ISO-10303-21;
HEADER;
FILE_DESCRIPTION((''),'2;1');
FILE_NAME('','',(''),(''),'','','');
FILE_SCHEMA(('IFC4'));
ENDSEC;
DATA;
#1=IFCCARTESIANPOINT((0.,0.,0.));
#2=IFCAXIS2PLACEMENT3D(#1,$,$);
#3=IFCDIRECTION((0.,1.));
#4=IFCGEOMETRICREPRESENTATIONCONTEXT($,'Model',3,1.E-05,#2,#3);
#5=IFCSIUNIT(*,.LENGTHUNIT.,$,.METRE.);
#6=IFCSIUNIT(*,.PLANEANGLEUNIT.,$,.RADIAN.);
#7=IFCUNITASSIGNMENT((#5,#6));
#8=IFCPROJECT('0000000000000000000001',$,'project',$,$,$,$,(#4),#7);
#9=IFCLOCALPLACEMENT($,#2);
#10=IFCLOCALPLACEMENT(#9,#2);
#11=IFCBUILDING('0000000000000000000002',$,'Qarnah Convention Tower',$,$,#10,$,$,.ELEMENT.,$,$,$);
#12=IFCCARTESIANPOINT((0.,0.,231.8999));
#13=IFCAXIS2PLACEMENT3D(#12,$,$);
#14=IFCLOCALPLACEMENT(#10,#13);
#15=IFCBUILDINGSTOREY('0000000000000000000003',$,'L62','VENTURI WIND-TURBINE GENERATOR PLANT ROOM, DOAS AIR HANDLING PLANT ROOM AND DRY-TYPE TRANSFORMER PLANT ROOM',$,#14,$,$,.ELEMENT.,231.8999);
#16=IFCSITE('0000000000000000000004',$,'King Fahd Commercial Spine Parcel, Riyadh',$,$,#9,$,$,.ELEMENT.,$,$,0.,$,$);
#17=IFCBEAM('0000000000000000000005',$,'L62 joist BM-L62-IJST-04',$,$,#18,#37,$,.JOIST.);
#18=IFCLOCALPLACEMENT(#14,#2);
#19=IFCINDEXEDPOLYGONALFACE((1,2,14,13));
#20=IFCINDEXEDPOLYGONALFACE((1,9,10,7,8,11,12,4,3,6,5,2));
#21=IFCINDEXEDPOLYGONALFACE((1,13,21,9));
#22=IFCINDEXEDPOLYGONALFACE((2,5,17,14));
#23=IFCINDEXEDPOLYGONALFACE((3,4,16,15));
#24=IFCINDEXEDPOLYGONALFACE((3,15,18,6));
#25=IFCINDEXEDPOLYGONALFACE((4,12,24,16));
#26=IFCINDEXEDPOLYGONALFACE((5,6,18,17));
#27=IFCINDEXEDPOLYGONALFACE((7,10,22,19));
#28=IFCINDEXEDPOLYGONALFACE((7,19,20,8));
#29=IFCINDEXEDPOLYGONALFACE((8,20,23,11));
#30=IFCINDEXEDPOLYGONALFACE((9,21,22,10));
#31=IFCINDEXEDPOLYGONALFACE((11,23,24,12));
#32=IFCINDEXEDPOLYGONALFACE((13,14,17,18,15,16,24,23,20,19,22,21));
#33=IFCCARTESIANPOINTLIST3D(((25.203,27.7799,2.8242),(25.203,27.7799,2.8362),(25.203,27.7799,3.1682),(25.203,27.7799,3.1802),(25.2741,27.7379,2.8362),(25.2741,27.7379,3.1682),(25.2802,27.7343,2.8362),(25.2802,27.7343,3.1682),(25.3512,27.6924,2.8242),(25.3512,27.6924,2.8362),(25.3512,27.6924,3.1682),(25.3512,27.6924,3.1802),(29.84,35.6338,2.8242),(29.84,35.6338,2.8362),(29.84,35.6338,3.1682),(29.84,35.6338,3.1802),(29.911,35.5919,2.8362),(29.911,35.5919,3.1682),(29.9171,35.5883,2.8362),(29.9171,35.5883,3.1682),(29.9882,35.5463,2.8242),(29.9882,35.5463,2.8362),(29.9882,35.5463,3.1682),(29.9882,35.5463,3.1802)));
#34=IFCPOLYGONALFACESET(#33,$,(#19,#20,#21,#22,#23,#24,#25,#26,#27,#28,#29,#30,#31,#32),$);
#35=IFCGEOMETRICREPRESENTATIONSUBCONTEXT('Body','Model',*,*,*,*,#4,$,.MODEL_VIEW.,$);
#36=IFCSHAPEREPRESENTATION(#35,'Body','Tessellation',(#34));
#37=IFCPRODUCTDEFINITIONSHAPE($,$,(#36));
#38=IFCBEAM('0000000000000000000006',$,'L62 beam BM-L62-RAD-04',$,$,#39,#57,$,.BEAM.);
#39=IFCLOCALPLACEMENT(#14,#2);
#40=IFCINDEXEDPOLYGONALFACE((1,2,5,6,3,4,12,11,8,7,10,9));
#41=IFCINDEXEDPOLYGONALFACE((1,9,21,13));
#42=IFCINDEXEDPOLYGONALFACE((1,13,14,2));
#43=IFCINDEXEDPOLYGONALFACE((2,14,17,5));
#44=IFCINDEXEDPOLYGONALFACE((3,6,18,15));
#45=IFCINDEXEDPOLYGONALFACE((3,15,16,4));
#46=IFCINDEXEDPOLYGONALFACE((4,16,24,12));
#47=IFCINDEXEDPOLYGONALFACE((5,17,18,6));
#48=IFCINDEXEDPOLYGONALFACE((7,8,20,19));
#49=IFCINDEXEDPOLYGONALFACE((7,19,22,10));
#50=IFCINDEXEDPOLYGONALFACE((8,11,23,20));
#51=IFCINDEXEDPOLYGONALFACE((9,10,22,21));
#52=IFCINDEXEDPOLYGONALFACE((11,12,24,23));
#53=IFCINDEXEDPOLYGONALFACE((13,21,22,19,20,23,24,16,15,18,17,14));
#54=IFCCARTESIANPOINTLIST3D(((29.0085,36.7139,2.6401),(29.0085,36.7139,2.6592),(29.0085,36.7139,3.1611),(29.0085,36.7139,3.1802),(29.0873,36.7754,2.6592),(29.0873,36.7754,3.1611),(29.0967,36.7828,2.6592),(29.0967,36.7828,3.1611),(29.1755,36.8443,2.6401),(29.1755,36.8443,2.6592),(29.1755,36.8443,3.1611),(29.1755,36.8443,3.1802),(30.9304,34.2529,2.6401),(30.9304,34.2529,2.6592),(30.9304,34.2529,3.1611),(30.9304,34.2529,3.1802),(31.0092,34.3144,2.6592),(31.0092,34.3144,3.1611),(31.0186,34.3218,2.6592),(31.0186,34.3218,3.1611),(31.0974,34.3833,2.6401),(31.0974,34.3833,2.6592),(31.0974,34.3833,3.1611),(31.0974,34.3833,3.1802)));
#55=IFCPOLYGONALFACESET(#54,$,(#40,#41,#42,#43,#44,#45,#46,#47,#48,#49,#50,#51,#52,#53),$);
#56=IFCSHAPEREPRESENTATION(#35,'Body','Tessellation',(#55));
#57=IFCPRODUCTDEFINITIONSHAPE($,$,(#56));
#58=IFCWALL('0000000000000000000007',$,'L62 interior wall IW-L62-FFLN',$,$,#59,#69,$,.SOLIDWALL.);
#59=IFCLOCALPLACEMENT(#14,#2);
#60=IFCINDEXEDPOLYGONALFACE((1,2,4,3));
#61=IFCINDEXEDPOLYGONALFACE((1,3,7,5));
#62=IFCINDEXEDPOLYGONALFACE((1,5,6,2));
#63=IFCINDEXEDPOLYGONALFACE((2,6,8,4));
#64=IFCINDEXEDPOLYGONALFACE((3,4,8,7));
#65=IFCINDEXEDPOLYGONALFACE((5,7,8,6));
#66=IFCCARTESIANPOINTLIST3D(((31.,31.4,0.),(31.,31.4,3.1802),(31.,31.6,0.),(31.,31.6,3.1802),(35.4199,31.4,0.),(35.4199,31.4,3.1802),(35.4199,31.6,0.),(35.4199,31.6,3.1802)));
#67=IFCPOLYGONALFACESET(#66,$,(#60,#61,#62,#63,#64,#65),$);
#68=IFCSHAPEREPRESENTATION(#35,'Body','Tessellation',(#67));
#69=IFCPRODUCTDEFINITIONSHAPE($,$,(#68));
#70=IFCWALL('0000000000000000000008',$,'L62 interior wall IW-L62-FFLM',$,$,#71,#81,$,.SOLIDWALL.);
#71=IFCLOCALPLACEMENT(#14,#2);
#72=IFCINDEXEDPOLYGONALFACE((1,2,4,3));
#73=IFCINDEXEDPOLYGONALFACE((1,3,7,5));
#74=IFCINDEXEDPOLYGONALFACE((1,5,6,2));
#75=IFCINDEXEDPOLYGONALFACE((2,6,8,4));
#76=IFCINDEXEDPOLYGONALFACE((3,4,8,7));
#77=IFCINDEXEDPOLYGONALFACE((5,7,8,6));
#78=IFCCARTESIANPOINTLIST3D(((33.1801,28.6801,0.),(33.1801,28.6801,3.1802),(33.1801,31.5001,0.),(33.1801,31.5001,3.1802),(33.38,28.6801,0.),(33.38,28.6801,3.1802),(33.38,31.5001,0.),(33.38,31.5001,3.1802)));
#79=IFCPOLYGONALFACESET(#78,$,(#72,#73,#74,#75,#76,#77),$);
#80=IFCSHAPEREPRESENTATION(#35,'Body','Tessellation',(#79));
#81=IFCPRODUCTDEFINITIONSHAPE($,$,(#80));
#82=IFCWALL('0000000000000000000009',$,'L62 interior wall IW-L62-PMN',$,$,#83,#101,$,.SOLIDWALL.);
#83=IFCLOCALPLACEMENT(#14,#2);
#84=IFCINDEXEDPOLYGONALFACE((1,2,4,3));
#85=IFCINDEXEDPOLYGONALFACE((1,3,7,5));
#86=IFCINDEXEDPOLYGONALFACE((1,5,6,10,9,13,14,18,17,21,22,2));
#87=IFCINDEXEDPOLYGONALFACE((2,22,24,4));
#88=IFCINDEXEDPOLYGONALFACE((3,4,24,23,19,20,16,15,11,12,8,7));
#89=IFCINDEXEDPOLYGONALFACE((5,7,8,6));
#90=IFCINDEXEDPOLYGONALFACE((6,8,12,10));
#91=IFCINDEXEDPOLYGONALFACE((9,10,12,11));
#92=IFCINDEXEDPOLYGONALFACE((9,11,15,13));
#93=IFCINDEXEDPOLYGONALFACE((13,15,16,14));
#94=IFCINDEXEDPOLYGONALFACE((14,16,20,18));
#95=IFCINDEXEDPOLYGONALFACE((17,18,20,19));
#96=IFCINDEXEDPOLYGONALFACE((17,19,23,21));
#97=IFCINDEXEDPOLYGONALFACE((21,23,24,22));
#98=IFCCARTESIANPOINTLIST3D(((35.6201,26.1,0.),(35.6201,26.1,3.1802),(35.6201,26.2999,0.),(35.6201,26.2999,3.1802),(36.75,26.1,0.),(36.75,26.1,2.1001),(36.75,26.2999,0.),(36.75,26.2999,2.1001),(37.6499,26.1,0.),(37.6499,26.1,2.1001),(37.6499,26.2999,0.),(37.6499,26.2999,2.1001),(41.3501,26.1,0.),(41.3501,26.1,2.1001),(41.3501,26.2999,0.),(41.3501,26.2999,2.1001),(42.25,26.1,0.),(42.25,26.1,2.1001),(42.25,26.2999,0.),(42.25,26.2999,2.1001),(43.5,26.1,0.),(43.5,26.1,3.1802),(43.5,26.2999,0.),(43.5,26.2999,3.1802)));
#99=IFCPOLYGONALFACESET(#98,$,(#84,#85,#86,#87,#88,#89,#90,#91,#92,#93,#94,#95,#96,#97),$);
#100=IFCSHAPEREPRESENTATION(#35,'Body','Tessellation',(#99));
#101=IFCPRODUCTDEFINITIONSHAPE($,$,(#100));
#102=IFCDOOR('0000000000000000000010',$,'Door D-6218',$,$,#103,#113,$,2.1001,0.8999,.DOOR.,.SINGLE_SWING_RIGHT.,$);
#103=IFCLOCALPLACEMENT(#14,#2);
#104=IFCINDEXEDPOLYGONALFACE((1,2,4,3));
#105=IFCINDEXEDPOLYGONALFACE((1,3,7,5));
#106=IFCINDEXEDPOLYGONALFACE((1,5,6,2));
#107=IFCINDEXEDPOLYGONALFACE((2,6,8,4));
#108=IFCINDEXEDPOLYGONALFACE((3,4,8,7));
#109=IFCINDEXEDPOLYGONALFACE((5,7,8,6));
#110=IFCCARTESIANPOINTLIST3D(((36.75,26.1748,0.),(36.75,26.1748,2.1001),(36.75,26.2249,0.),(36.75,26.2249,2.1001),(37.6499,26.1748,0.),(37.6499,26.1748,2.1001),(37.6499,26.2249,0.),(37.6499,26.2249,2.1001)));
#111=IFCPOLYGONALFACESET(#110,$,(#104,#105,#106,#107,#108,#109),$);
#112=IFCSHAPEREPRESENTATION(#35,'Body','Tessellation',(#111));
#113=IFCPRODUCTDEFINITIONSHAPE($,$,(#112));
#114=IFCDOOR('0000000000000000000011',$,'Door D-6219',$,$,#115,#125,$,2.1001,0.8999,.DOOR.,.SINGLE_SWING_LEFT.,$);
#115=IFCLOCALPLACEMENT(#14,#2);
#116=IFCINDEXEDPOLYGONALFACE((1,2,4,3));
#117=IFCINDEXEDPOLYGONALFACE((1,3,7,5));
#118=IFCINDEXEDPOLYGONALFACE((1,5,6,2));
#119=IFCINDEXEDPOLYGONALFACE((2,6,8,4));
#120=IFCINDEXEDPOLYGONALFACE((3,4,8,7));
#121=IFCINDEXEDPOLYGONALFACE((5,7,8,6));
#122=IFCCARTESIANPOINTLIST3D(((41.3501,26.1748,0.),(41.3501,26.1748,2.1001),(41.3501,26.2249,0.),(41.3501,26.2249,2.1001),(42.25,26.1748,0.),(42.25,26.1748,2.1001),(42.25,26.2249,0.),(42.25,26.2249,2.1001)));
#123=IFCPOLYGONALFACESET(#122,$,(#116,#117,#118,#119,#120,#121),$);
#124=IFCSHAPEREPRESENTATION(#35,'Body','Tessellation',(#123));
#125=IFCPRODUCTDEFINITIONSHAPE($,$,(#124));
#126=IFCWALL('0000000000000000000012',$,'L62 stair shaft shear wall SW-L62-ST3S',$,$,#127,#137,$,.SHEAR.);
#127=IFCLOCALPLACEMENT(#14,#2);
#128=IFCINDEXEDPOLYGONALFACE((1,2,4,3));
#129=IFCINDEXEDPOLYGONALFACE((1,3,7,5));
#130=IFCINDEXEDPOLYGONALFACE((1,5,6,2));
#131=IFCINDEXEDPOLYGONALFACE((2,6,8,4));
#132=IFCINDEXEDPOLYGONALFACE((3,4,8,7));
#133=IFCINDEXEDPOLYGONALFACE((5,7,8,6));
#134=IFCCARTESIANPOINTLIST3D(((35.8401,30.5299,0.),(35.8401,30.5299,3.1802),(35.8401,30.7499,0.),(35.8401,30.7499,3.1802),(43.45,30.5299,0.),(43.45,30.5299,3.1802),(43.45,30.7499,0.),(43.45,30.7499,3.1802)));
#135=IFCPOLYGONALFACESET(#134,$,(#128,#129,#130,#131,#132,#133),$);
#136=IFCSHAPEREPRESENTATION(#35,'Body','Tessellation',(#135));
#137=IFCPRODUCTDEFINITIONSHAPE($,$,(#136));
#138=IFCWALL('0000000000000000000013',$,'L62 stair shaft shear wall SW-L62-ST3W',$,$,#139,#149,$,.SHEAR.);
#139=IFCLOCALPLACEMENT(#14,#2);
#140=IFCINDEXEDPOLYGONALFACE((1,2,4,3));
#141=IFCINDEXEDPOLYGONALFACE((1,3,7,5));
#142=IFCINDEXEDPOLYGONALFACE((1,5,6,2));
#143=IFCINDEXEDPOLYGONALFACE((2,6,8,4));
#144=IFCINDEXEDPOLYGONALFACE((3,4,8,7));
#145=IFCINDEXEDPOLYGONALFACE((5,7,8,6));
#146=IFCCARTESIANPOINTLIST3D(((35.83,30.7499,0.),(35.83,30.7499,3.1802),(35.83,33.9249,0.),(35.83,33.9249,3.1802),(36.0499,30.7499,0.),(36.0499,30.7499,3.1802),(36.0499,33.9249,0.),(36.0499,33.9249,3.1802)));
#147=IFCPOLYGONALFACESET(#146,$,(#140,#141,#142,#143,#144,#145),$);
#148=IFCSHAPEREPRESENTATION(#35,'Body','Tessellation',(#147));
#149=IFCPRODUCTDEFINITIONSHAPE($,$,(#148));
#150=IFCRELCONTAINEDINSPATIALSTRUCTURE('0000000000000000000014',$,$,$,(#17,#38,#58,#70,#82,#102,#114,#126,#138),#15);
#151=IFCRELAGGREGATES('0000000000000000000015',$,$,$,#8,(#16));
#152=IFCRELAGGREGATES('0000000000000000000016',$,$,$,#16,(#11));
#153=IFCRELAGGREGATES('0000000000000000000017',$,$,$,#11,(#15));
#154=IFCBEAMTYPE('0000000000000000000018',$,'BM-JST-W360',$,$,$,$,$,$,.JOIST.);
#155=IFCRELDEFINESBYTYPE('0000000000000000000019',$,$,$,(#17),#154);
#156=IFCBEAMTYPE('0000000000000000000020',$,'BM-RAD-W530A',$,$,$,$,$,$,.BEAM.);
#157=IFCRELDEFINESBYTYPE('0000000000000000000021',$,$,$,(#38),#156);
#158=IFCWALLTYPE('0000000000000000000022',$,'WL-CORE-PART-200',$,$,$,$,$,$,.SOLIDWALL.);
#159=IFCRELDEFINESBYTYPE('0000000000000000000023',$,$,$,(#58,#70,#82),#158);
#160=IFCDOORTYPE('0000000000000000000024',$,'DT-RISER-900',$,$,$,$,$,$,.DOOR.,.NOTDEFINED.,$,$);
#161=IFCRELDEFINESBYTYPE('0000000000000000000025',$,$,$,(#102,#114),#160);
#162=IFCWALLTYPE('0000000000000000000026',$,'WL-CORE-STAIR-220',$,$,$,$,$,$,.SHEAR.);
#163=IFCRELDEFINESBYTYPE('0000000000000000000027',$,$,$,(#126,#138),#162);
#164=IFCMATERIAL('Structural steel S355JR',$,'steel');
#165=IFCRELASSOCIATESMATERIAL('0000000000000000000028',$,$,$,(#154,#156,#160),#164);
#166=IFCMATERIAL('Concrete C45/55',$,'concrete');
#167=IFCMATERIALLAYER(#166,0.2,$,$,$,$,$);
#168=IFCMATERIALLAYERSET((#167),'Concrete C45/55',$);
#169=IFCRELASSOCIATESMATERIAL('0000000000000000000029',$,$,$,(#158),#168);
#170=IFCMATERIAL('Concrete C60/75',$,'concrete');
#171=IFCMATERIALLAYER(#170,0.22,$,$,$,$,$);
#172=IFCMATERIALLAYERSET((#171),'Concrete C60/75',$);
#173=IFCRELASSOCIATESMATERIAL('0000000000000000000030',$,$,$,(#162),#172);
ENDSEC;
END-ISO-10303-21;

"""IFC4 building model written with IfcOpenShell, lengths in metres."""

from ifc_helpers import new_model, si_unit, direction, frame, frame_2d, origin, origin_2d, place, context, subcontext, project, spatial, rectangle, i_section, extrude, material, layer, layer_set, material_profile, profile_set, type_object, element, fill, save


model = new_model("IFC4")

# Units and contexts
model_context = context("Model", 3, precision=1e-05, world=origin(), true_north=direction((0.0, 1.0)))
body_context = subcontext(model_context, "Body", "Model", "MODEL_VIEW")
ifc_project = project(units=[si_unit("LENGTHUNIT", "METRE"), si_unit("PLANEANGLEUNIT", "RADIAN")], contexts=[model_context])

# Site, building, storey
site_placement = place(None, origin())
site = spatial("IfcSite", under=ifc_project, at=site_placement, Name="King Fahd Commercial Spine Parcel, Riyadh", CompositionType="ELEMENT", RefElevation=0.0)
building_placement = place(site_placement, origin())
building = spatial("IfcBuilding", under=site, at=building_placement, Name="Qarnah Convention Tower", CompositionType="ELEMENT")
storey_placement = place(building_placement, frame((0.0, 0.0, 231.8999)))
storey = spatial("IfcBuildingStorey", under=building, at=storey_placement, Name="L62", Description="VENTURI WIND-TURBINE GENERATOR PLANT ROOM, DOAS AIR HANDLING PLANT ROOM AND DRY-TYPE TRANSFORMER PLANT ROOM", CompositionType="ELEMENT", Elevation=231.8999)

# Beams
ifc_material_1 = material(Name="Structural steel S355JR", Category="steel")
ifc_material_profile_1 = material_profile(ifc_material_1, i_section(OverallWidth=0.1721, OverallDepth=0.356, WebThickness=0.0071, FlangeThickness=0.012, at=origin_2d()), Name="W360X51")
ifc_profile_set_1 = profile_set([ifc_material_profile_1], Name="Structural steel S355JR")
beam_type_1 = type_object("IfcBeamType", Name="BM-JST-W360", PredefinedType="JOIST", material=ifc_profile_set_1)
beam_1_placement = place(storey_placement, frame((29.9141, 35.5901, 3.0022), z_axis=(-0.508401, -0.86112, 0.0), x_axis=(0.86112, -0.508401, 0.0)))
element("IfcBeam", 1, at=beam_1_placement, inside=storey, type_object=beam_type_1, Name="L62 joist BM-L62-IJST-04", PredefinedType="JOIST", context=body_context, shape_type="SweptSolid", body=[
    extrude(i_section(OverallWidth=0.1721, OverallDepth=0.356, WebThickness=0.0071, FlangeThickness=0.012, at=origin_2d()), origin(), (0.0, 0.0, 1.0), 9.1206),
])
ifc_material_profile_2 = material_profile(ifc_material_1, i_section(OverallWidth=0.2119, OverallDepth=0.54, WebThickness=0.012, FlangeThickness=0.019, at=origin_2d()), Name="W530X109")
ifc_profile_set_2 = profile_set([ifc_material_profile_2], Name="Structural steel S355JR")
beam_type_2 = type_object("IfcBeamType", Name="BM-RAD-W530A", PredefinedType="BEAM", material=ifc_profile_set_2)
beam_2_placement = place(storey_placement, frame((31.0139, 34.3181, 2.9102), z_axis=(-0.615498, 0.788138, 0.0), x_axis=(-0.788138, -0.615498, 0.0)))
element("IfcBeam", 2, at=beam_2_placement, inside=storey, type_object=beam_type_2, Name="L62 beam BM-L62-RAD-04", PredefinedType="BEAM", context=body_context, shape_type="SweptSolid", body=[
    extrude(i_section(OverallWidth=0.2119, OverallDepth=0.54, WebThickness=0.012, FlangeThickness=0.019, at=origin_2d()), origin(), (0.0, 0.0, 1.0), 3.1226),
])

# Shared definitions
ifc_material_2 = material(Name="Concrete C45/55", Category="concrete")
ifc_layer_1 = layer(ifc_material_2, 0.2)
ifc_layer_set_1 = layer_set([ifc_layer_1], Name="Concrete C45/55")
wall_type_1 = type_object("IfcWallType", Name="WL-CORE-PART-200", PredefinedType="SOLIDWALL", material=ifc_layer_set_1)

# Walls
wall_1_placement = place(storey_placement, frame((31.0, 31.5, 0.0), z_axis=(0.0, 0.0, 1.0), x_axis=(1.0, 0.0, 0.0)))
element("IfcWall", 3, at=wall_1_placement, inside=storey, type_object=wall_type_1, Name="L62 interior wall IW-L62-FFLN", PredefinedType="SOLIDWALL", context=body_context, shape_type="SweptSolid", body=[
    extrude(rectangle(XDim=4.4199, YDim=0.2, at=frame_2d((2.21, 0.0))), origin(), (0.0, 0.0, 1.0), 3.1802),
])
wall_2_placement = place(storey_placement, frame((33.28, 28.6799, 0.0), z_axis=(0.0, 0.0, 1.0), x_axis=(0.0, 1.0, 0.0)))
element("IfcWall", 4, at=wall_2_placement, inside=storey, type_object=wall_type_1, Name="L62 interior wall IW-L62-FFLM", PredefinedType="SOLIDWALL", context=body_context, shape_type="SweptSolid", body=[
    extrude(rectangle(XDim=2.8201, YDim=0.2, at=frame_2d((1.4102, 0.0))), origin(), (0.0, 0.0, 1.0), 3.1802),
])

# Wall, openings, doors
wall_3_placement = place(storey_placement, frame((35.6201, 26.2, 0.0), z_axis=(0.0, 0.0, 1.0), x_axis=(1.0, 0.0, 0.0)))
wall_3 = element("IfcWall", 5, at=wall_3_placement, inside=storey, type_object=wall_type_1, Name="L62 interior wall IW-L62-PMN", PredefinedType="SOLIDWALL", context=body_context, shape_type="SweptSolid", body=[
    extrude(rectangle(XDim=7.8799, YDim=0.2, at=frame_2d((3.9399, 0.0))), origin(), (0.0, 0.0, 1.0), 3.1802),
])
opening_1_placement = place(wall_3_placement, frame((1.1299, 0.0, 0.0)))
opening_1 = element("IfcOpeningElement", 6, at=opening_1_placement, cuts=wall_3, PredefinedType="OPENING", context=body_context, shape_type="SweptSolid", body=[
    extrude(rectangle(XDim=0.8999, YDim=2.1001, at=frame_2d((0.45, 1.05))), frame((0.0, 0.1099, 0.0), z_axis=(0.0, -1.0, 0.0), x_axis=(1.0, 0.0, 0.0)), (0.0, 0.0, 1.0), 0.22),
])
opening_2_placement = place(wall_3_placement, frame((5.73, 0.0, 0.0)))
opening_2 = element("IfcOpeningElement", 7, at=opening_2_placement, cuts=wall_3, PredefinedType="OPENING", context=body_context, shape_type="SweptSolid", body=[
    extrude(rectangle(XDim=0.8999, YDim=2.1001, at=frame_2d((0.45, 1.05))), frame((0.0, 0.1099, 0.0), z_axis=(0.0, -1.0, 0.0), x_axis=(1.0, 0.0, 0.0)), (0.0, 0.0, 1.0), 0.22),
])
door_type_1 = type_object("IfcDoorType", Name="DT-RISER-900", OperationType="NOTDEFINED", PredefinedType="DOOR", material=ifc_material_1)
door_1_placement = place(opening_1_placement, origin())
door_1 = element("IfcDoor", 8, at=door_1_placement, inside=storey, type_object=door_type_1, Name="Door D-6218", OperationType="SINGLE_SWING_RIGHT", OverallHeight=2.1001, OverallWidth=0.8999, PredefinedType="DOOR", context=body_context, shape_type="SweptSolid", body=[
    extrude(rectangle(XDim=0.8999, YDim=2.1001, at=frame_2d((0.45, 1.05))), frame((0.0, 0.0249, 0.0), z_axis=(0.0, -1.0, 0.0), x_axis=(1.0, 0.0, 0.0)), (0.0, 0.0, 1.0), 0.05),
])
fill(opening_1, door_1)
door_2_placement = place(opening_2_placement, origin())
door_2 = element("IfcDoor", 9, at=door_2_placement, inside=storey, type_object=door_type_1, Name="Door D-6219", OperationType="SINGLE_SWING_LEFT", OverallHeight=2.1001, OverallWidth=0.8999, PredefinedType="DOOR", context=body_context, shape_type="SweptSolid", body=[
    extrude(rectangle(XDim=0.8999, YDim=2.1001, at=frame_2d((0.45, 1.05))), frame((0.0, 0.0249, 0.0), z_axis=(0.0, -1.0, 0.0), x_axis=(1.0, 0.0, 0.0)), (0.0, 0.0, 1.0), 0.05),
])
fill(opening_2, door_2)

# Walls
ifc_material_3 = material(Name="Concrete C60/75", Category="concrete")
ifc_layer_2 = layer(ifc_material_3, 0.22)
ifc_layer_set_2 = layer_set([ifc_layer_2], Name="Concrete C60/75")
wall_type_2 = type_object("IfcWallType", Name="WL-CORE-STAIR-220", PredefinedType="SHEAR", material=ifc_layer_set_2)
wall_4_placement = place(storey_placement, frame((35.8401, 30.6399, 0.0), z_axis=(0.0, 0.0, 1.0), x_axis=(1.0, 0.0, 0.0)))
element("IfcWall", 10, at=wall_4_placement, inside=storey, type_object=wall_type_2, Name="L62 stair shaft shear wall SW-L62-ST3S", PredefinedType="SHEAR", context=body_context, shape_type="SweptSolid", body=[
    extrude(rectangle(XDim=7.6099, YDim=0.22, at=frame_2d((3.8049, 0.0))), origin(), (0.0, 0.0, 1.0), 3.1802),
])
wall_5_placement = place(storey_placement, frame((35.9399, 30.75, 0.0), z_axis=(0.0, 0.0, 1.0), x_axis=(0.0, 1.0, 0.0)))
element("IfcWall", 11, at=wall_5_placement, inside=storey, type_object=wall_type_2, Name="L62 stair shaft shear wall SW-L62-ST3W", PredefinedType="SHEAR", context=body_context, shape_type="SweptSolid", body=[
    extrude(rectangle(XDim=3.175, YDim=0.22, at=frame_2d((1.5874, 0.0))), origin(), (0.0, 0.0, 1.0), 3.1802),
])

save(model, "model.ifc")
